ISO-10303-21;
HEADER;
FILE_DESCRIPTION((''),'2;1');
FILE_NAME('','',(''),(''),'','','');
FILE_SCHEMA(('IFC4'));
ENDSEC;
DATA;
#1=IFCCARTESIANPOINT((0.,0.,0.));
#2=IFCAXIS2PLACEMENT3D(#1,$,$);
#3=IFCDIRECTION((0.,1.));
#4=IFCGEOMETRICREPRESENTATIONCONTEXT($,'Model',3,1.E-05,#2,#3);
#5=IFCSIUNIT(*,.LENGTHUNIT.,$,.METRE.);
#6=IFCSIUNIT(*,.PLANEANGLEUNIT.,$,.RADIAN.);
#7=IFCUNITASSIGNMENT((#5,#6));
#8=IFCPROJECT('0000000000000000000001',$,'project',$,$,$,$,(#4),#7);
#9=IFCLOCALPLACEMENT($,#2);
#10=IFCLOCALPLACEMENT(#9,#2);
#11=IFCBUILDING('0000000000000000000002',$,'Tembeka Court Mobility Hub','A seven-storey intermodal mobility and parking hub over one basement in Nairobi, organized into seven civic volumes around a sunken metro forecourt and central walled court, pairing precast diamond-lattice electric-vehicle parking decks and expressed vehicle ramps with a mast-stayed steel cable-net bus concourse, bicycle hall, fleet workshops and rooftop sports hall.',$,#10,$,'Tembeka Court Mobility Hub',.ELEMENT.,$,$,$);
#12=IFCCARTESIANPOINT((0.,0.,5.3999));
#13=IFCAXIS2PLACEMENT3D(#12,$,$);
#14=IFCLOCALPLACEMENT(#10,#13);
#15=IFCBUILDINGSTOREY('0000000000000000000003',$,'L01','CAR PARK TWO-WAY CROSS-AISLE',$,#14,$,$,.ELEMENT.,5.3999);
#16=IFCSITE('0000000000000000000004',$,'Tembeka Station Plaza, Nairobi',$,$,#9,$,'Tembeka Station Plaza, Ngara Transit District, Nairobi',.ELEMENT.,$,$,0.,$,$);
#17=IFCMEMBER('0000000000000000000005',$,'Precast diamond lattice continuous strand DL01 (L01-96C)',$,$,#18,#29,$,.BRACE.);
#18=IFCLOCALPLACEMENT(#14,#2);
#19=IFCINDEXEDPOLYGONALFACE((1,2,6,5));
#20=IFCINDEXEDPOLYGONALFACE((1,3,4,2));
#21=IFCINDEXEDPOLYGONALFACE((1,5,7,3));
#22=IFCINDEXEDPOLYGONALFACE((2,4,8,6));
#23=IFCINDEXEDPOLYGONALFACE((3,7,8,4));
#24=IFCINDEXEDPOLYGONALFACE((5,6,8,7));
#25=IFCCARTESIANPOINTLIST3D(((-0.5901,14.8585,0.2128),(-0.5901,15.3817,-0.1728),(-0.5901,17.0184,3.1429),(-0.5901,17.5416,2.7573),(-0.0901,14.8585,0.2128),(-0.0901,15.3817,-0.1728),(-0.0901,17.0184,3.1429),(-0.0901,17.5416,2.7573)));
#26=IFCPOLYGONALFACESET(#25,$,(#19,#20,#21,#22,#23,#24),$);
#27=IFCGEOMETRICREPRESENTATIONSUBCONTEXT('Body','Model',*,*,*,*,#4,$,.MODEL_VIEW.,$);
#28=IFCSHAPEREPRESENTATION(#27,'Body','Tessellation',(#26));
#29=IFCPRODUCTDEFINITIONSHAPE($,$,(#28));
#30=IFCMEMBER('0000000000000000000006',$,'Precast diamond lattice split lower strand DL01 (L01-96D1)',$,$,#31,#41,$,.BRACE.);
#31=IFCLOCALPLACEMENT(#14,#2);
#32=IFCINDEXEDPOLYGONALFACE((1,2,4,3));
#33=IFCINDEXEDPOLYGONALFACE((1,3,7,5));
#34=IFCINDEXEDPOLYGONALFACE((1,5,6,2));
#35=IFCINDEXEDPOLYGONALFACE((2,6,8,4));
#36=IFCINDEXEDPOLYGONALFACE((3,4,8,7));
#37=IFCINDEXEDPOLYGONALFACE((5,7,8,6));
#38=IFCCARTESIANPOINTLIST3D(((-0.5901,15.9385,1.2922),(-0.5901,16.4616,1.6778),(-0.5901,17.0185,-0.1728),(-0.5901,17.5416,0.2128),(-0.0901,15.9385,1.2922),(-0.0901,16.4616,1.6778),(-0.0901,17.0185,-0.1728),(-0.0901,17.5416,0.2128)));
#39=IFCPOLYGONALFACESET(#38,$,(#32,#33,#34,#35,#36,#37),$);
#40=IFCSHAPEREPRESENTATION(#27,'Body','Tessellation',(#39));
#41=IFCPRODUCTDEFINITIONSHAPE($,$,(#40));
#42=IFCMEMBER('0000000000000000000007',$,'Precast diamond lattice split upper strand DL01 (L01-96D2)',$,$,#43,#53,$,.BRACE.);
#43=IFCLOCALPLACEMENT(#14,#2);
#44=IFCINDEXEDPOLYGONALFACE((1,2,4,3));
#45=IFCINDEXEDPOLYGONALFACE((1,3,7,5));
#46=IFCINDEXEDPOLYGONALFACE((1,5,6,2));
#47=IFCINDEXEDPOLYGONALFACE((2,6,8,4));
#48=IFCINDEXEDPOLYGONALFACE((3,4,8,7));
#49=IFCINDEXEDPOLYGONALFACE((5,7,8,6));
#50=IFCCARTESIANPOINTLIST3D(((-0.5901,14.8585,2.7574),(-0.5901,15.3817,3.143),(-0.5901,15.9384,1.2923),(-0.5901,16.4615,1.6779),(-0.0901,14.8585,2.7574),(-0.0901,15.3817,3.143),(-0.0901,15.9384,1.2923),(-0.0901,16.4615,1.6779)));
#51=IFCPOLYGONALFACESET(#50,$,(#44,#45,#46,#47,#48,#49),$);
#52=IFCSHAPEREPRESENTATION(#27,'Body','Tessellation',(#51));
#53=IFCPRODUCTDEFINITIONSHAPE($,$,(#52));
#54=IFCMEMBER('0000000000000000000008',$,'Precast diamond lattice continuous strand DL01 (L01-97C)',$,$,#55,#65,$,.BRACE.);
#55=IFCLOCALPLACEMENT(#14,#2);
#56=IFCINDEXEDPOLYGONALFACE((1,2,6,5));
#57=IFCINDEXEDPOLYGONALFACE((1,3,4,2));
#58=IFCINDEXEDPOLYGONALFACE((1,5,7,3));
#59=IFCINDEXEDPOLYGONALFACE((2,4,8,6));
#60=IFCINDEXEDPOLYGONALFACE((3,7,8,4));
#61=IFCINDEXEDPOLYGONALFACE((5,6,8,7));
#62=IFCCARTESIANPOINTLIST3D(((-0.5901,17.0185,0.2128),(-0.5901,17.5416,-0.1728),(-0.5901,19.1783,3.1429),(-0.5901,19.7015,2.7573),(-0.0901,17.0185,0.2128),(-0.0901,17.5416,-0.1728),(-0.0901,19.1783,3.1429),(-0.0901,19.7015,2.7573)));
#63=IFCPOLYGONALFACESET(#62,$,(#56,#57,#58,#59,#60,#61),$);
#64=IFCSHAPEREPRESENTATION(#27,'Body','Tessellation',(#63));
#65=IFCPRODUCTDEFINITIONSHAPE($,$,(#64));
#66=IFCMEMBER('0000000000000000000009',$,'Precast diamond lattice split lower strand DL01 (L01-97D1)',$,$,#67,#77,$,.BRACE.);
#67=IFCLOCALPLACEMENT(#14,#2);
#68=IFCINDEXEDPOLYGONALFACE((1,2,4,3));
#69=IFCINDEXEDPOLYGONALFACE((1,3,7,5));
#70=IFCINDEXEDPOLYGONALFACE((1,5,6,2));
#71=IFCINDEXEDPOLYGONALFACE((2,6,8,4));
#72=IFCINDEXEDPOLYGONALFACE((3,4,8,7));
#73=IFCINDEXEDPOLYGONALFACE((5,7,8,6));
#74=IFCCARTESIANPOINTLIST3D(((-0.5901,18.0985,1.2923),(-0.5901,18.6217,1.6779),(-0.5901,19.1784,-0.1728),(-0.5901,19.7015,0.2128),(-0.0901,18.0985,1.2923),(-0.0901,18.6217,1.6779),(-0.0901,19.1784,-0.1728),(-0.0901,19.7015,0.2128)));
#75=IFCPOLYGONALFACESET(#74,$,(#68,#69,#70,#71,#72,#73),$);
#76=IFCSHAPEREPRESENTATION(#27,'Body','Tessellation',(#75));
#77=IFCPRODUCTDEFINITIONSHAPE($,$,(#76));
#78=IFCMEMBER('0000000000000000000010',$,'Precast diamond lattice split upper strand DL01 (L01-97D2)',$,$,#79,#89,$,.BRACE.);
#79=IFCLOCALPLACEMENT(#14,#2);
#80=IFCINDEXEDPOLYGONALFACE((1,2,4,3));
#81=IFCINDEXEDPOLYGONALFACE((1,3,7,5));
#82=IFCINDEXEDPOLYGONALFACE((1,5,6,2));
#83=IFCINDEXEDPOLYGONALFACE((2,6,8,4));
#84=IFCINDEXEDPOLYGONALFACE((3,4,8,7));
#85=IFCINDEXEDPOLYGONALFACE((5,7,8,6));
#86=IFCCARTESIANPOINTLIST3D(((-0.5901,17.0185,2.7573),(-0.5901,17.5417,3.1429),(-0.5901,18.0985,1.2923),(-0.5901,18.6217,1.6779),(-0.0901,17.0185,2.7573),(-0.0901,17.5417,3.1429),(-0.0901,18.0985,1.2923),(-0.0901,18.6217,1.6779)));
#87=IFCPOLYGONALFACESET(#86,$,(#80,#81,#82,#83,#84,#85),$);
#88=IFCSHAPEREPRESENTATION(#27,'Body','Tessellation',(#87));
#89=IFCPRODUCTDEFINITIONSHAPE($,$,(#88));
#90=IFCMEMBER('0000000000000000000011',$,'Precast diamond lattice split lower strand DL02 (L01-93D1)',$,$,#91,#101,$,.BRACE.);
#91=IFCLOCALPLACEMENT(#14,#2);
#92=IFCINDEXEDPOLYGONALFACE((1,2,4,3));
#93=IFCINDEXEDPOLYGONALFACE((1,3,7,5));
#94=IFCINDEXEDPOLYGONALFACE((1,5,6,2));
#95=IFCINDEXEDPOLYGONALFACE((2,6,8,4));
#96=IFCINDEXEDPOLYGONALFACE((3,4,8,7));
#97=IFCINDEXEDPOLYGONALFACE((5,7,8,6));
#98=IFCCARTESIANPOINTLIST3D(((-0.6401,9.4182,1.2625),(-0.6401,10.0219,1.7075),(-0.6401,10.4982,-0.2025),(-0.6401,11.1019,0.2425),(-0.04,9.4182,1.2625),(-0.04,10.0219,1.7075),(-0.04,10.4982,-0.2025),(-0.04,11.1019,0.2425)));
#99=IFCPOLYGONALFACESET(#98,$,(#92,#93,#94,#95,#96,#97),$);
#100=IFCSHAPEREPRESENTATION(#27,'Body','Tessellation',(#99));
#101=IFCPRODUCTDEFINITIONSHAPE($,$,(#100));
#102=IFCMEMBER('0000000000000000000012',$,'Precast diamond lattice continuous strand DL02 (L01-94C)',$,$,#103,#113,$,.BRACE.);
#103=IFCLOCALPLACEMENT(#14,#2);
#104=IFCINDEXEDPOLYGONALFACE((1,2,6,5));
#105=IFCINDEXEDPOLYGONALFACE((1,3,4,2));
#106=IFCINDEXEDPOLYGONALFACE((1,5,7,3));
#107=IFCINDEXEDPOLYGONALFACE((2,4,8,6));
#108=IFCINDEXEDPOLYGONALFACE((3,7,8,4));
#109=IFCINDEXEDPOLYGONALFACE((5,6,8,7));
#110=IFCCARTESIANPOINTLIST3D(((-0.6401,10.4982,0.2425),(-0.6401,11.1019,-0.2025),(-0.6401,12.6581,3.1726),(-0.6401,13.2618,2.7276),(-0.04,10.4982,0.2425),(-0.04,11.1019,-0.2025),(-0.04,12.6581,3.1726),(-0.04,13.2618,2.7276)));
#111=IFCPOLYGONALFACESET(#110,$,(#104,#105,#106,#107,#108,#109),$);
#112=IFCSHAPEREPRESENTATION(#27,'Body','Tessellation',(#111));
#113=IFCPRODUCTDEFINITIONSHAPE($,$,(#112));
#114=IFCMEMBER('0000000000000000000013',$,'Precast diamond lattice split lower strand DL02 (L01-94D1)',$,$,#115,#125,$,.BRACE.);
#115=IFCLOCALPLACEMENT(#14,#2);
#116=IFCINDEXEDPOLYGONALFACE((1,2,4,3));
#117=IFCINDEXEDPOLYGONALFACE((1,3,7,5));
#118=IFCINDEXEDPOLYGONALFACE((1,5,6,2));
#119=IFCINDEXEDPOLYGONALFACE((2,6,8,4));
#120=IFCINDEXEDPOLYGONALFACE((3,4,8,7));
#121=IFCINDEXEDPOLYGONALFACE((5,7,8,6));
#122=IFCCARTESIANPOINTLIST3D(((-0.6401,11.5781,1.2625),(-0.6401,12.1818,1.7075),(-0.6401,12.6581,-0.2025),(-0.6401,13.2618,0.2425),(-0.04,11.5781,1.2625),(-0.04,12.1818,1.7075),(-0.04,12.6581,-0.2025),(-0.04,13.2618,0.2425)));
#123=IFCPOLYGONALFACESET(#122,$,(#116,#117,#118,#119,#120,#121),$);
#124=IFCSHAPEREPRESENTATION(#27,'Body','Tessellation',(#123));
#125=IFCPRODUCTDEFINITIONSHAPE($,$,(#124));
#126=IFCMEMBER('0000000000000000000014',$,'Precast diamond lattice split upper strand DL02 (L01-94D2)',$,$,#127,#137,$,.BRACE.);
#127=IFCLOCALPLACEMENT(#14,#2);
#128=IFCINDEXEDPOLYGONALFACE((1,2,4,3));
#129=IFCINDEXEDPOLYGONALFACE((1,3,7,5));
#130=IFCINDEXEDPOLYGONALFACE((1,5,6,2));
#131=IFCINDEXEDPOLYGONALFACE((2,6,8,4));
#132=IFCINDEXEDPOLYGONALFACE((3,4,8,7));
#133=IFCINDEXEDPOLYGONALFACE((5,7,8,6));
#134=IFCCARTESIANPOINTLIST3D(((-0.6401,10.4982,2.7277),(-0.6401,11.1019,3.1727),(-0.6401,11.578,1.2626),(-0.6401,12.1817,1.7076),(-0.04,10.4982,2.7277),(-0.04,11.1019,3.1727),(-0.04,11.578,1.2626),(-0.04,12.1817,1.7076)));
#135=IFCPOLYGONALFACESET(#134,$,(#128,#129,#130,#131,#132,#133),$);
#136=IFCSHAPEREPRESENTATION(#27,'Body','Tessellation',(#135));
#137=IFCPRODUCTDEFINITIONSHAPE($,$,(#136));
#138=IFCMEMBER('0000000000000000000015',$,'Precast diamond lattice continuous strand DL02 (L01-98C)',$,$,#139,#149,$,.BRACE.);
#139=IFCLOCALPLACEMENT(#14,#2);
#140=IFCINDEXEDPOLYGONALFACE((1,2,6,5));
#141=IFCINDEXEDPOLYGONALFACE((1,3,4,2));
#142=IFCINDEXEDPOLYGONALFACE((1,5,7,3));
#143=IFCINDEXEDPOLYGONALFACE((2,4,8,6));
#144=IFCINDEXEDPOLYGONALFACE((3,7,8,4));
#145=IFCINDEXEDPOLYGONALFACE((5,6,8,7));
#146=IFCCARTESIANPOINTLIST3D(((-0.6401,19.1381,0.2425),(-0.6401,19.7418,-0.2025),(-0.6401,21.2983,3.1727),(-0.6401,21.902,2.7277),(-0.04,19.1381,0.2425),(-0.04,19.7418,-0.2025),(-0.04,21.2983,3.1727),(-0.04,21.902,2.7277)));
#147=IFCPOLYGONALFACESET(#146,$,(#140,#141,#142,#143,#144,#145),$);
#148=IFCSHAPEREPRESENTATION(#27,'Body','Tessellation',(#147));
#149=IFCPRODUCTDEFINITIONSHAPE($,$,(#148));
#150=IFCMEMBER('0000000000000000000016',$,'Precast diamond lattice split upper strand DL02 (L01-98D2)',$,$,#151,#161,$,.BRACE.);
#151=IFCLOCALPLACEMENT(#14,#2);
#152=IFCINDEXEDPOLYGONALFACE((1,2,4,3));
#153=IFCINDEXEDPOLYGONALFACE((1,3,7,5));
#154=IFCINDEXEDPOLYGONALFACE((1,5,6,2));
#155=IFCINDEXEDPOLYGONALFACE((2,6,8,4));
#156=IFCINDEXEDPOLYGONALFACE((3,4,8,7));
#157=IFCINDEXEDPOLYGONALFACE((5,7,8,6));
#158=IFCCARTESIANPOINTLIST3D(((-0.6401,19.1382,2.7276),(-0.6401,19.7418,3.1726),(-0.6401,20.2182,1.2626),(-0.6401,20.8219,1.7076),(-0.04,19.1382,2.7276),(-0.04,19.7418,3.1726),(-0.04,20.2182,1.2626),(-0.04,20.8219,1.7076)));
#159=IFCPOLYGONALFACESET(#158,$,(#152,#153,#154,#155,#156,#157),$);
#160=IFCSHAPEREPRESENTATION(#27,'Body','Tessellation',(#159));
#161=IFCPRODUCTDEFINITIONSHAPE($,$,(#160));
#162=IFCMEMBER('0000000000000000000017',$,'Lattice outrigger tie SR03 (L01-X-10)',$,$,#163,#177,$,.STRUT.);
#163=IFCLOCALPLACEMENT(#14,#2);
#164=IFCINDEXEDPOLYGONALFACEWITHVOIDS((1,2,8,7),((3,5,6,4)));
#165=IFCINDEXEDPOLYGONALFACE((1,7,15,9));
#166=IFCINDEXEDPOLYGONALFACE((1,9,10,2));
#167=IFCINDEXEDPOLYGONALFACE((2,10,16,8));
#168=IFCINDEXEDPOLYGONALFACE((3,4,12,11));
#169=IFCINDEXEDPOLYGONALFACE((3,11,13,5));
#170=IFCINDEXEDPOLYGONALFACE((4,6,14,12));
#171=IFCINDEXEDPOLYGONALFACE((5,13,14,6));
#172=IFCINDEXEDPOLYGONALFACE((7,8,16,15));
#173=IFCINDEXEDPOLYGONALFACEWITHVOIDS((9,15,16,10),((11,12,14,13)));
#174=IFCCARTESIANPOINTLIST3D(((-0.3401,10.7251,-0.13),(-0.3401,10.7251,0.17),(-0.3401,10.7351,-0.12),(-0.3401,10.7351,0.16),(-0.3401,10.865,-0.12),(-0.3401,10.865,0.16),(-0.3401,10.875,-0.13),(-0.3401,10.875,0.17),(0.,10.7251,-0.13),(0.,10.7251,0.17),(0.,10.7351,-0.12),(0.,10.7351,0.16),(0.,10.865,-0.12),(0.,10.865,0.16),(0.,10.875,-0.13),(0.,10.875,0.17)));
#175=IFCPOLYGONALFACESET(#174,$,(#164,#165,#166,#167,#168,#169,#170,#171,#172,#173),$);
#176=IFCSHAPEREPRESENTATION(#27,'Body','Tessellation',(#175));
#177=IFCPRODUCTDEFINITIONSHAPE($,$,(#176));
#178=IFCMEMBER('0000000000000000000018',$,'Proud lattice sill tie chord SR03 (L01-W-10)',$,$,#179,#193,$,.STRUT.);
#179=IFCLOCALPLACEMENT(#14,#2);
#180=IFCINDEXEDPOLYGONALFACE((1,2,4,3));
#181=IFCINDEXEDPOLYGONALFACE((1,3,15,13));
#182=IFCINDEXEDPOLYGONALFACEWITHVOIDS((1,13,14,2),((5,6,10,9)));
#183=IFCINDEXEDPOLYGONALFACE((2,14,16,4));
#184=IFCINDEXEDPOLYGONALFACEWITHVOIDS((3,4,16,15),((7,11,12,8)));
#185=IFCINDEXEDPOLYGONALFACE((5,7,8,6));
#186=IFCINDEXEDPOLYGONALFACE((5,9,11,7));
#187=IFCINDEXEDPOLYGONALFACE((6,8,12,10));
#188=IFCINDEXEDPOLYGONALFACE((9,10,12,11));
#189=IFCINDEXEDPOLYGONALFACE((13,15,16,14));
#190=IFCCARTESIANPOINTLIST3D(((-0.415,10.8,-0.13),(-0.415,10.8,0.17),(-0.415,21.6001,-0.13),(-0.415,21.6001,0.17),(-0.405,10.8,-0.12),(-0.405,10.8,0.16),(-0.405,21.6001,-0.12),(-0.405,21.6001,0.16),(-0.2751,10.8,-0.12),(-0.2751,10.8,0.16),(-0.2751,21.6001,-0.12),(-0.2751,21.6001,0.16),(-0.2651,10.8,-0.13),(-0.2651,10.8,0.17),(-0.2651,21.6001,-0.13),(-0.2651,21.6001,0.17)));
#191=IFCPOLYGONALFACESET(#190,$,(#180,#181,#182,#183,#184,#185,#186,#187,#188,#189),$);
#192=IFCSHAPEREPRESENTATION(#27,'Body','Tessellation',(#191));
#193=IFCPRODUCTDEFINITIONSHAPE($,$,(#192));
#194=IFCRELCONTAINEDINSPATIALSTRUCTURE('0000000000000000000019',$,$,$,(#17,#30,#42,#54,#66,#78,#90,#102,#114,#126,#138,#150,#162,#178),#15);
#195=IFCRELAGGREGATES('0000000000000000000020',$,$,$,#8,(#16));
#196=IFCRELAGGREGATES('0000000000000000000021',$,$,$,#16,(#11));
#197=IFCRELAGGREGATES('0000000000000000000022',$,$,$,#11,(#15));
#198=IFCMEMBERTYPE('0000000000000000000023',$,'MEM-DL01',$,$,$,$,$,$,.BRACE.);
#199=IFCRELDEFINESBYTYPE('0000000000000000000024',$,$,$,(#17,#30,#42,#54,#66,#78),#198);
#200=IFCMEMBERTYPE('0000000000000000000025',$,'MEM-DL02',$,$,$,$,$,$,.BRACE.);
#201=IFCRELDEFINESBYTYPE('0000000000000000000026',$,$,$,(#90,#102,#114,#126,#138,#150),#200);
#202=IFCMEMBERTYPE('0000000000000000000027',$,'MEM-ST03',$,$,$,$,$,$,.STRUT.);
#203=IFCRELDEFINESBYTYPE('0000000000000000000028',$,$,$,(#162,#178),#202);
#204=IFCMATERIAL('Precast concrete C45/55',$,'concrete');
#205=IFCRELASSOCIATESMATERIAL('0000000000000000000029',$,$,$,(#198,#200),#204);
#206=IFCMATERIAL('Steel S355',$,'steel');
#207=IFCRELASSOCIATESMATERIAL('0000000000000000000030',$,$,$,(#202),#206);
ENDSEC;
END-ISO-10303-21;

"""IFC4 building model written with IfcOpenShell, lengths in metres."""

from ifc_helpers import new_model, si_unit, direction, frame, origin, origin_2d, place, context, subcontext, project, spatial, rectangle, hollow_rectangle, extrude, material, material_profile, profile_set, type_object, element, save


model = new_model("IFC4")

# Units and contexts
model_context = context("Model", 3, precision=1e-05, world=origin(), true_north=direction((0.0, 1.0)))
body_context = subcontext(model_context, "Body", "Model", "MODEL_VIEW")
ifc_project = project(units=[si_unit("LENGTHUNIT", "METRE"), si_unit("PLANEANGLEUNIT", "RADIAN")], contexts=[model_context])

# Site, building, storey
site_placement = place(None, origin())
site = spatial("IfcSite", under=ifc_project, at=site_placement, Name="Tembeka Station Plaza, Nairobi", LongName="Tembeka Station Plaza, Ngara Transit District, Nairobi", CompositionType="ELEMENT", RefElevation=0.0)
building_placement = place(site_placement, origin())
building = spatial("IfcBuilding", under=site, at=building_placement, Name="Tembeka Court Mobility Hub", Description="A seven-storey intermodal mobility and parking hub over one basement in Nairobi, organized into seven civic volumes around a sunken metro forecourt and central walled court, pairing precast diamond-lattice electric-vehicle parking decks and expressed vehicle ramps with a mast-stayed steel cable-net bus concourse, bicycle hall, fleet workshops and rooftop sports hall.", LongName="Tembeka Court Mobility Hub", CompositionType="ELEMENT")
storey_placement = place(building_placement, frame((0.0, 0.0, 5.3999)))
storey = spatial("IfcBuildingStorey", under=building, at=storey_placement, Name="L01", Description="CAR PARK TWO-WAY CROSS-AISLE", CompositionType="ELEMENT", Elevation=5.3999)

# Shared definitions
ifc_material_1 = material(Name="Steel S355", Category="steel")

# Members
ifc_material_2 = material(Name="Precast concrete C45/55", Category="concrete")
ifc_material_profile_1 = material_profile(ifc_material_2, rectangle(XDim=0.5, YDim=0.6499, at=origin_2d()), Name="PC-DIAG 500x650")
ifc_profile_set_1 = profile_set([ifc_material_profile_1], Name="Precast concrete C45/55")
member_type_1 = type_object("IfcMemberType", Name="MEM-DL01", PredefinedType="BRACE", material=ifc_profile_set_1)
member_1_placement = place(storey_placement, frame((-0.3401, 15.1201, 0.02), z_axis=(0.0, 0.593348, 0.804946), x_axis=(-1.0, 0.0, 0.0)))
element("IfcMember", 1, at=member_1_placement, inside=storey, type_object=member_type_1, Name="Precast diamond lattice continuous strand DL01 (L01-96C)", PredefinedType="BRACE", context=body_context, shape_type="SweptSolid", body=[
    extrude(rectangle(XDim=0.5, YDim=0.6499, at=origin_2d()), origin(), (0.0, 0.0, 1.0), 3.6401),
])
for number, where, z_axis, x_axis, name in (
    (2, (-0.3401, 17.28, 0.02), (0.0, -0.593391, 0.804914), (1.0, 0.0, 0.0), "Precast diamond lattice split lower strand DL01 (L01-96D1)"),
    (3, (-0.3401, 16.2, 1.4851), (0.0, -0.593304, 0.804978), (1.0, 0.0, 0.0), "Precast diamond lattice split upper strand DL01 (L01-96D2)"),
):
    element("IfcMember", number, at=place(storey_placement, frame(where, z_axis=z_axis, x_axis=x_axis)), inside=storey, type_object=member_type_1, Name=name, PredefinedType="BRACE", context=body_context, shape_type="SweptSolid", body=[
        extrude(rectangle(XDim=0.5, YDim=0.6499, at=origin_2d()), origin(), (0.0, 0.0, 1.0), 1.8201),
    ])
member_2_placement = place(storey_placement, frame((-0.3401, 17.28, 0.02), z_axis=(0.0, 0.593348, 0.804946), x_axis=(-1.0, 0.0, 0.0)))
element("IfcMember", 4, at=member_2_placement, inside=storey, type_object=member_type_1, Name="Precast diamond lattice continuous strand DL01 (L01-97C)", PredefinedType="BRACE", context=body_context, shape_type="SweptSolid", body=[
    extrude(rectangle(XDim=0.5, YDim=0.6499, at=origin_2d()), origin(), (0.0, 0.0, 1.0), 3.6401),
])
for number, where, z_axis, x_axis, name in (
    (5, (-0.3401, 19.4399, 0.02), (0.0, -0.593304, 0.804978), (1.0, 0.0, 0.0), "Precast diamond lattice split lower strand DL01 (L01-97D1)"),
    (6, (-0.3401, 18.3601, 1.4851), (0.0, -0.593391, 0.804914), (1.0, 0.0, 0.0), "Precast diamond lattice split upper strand DL01 (L01-97D2)"),
):
    element("IfcMember", number, at=place(storey_placement, frame(where, z_axis=z_axis, x_axis=x_axis)), inside=storey, type_object=member_type_1, Name=name, PredefinedType="BRACE", context=body_context, shape_type="SweptSolid", body=[
        extrude(rectangle(XDim=0.5, YDim=0.6499, at=origin_2d()), origin(), (0.0, 0.0, 1.0), 1.8201),
    ])
ifc_material_profile_2 = material_profile(ifc_material_2, rectangle(XDim=0.6001, YDim=0.75, at=origin_2d()), Name="PC-DIAG 600x750")
ifc_profile_set_2 = profile_set([ifc_material_profile_2], Name="Precast concrete C45/55")
member_type_2 = type_object("IfcMemberType", Name="MEM-DL02", PredefinedType="BRACE", material=ifc_profile_set_2)
member_3_placement = place(storey_placement, frame((-0.3401, 10.8, 0.02), z_axis=(0.0, -0.593391, 0.804914), x_axis=(1.0, 0.0, 0.0)))
element("IfcMember", 7, at=member_3_placement, inside=storey, type_object=member_type_2, Name="Precast diamond lattice split lower strand DL02 (L01-93D1)", PredefinedType="BRACE", context=body_context, shape_type="SweptSolid", body=[
    extrude(rectangle(XDim=0.6001, YDim=0.75, at=origin_2d()), origin(), (0.0, 0.0, 1.0), 1.8201),
])
member_4_placement = place(storey_placement, frame((-0.3401, 10.8, 0.02), z_axis=(0.0, 0.593348, 0.804946), x_axis=(-1.0, 0.0, 0.0)))
element("IfcMember", 8, at=member_4_placement, inside=storey, type_object=member_type_2, Name="Precast diamond lattice continuous strand DL02 (L01-94C)", PredefinedType="BRACE", context=body_context, shape_type="SweptSolid", body=[
    extrude(rectangle(XDim=0.6001, YDim=0.75, at=origin_2d()), origin(), (0.0, 0.0, 1.0), 3.6401),
])
for number, where, z_axis, x_axis, name in (
    (9, (-0.3401, 12.96, 0.02), (0.0, -0.593391, 0.804914), (1.0, 0.0, 0.0), "Precast diamond lattice split lower strand DL02 (L01-94D1)"),
    (10, (-0.3401, 11.8799, 1.4851), (0.0, -0.593304, 0.804978), (1.0, 0.0, 0.0), "Precast diamond lattice split upper strand DL02 (L01-94D2)"),
):
    element("IfcMember", number, at=place(storey_placement, frame(where, z_axis=z_axis, x_axis=x_axis)), inside=storey, type_object=member_type_2, Name=name, PredefinedType="BRACE", context=body_context, shape_type="SweptSolid", body=[
        extrude(rectangle(XDim=0.6001, YDim=0.75, at=origin_2d()), origin(), (0.0, 0.0, 1.0), 1.8201),
    ])
member_5_placement = place(storey_placement, frame((-0.3401, 19.4399, 0.02), z_axis=(0.0, 0.593391, 0.804914), x_axis=(-1.0, 0.0, 0.0)))
element("IfcMember", 11, at=member_5_placement, inside=storey, type_object=member_type_2, Name="Precast diamond lattice continuous strand DL02 (L01-98C)", PredefinedType="BRACE", context=body_context, shape_type="SweptSolid", body=[
    extrude(rectangle(XDim=0.6001, YDim=0.75, at=origin_2d()), origin(), (0.0, 0.0, 1.0), 3.6404),
])
member_6_placement = place(storey_placement, frame((-0.3401, 20.52, 1.4851), z_axis=(0.0, -0.593391, 0.804914), x_axis=(1.0, 0.0, 0.0)))
element("IfcMember", 12, at=member_6_placement, inside=storey, type_object=member_type_2, Name="Precast diamond lattice split upper strand DL02 (L01-98D2)", PredefinedType="BRACE", context=body_context, shape_type="SweptSolid", body=[
    extrude(rectangle(XDim=0.6001, YDim=0.75, at=origin_2d()), origin(), (0.0, 0.0, 1.0), 1.8201),
])
ifc_material_profile_3 = material_profile(ifc_material_1, hollow_rectangle(XDim=0.1499, YDim=0.3, WallThickness=0.01, at=origin_2d()), Name="RHS 300x150x10")
ifc_profile_set_3 = profile_set([ifc_material_profile_3], Name="Steel S355")
member_type_3 = type_object("IfcMemberType", Name="MEM-ST03", PredefinedType="STRUT", material=ifc_profile_set_3)
member_7_placement = place(storey_placement, frame((0.0, 10.8, 0.02), z_axis=(-1.0, 0.0, 0.0), x_axis=(0.0, -1.0, 0.0)))
element("IfcMember", 13, at=member_7_placement, inside=storey, type_object=member_type_3, Name="Lattice outrigger tie SR03 (L01-X-10)", PredefinedType="STRUT", context=body_context, shape_type="SweptSolid", body=[
    extrude(hollow_rectangle(XDim=0.1499, YDim=0.3, WallThickness=0.01, at=origin_2d()), origin(), (0.0, 0.0, 1.0), 0.3401),
])
member_8_placement = place(storey_placement, frame((-0.3401, 10.8, 0.02), z_axis=(0.0, 1.0, 0.0), x_axis=(-1.0, 0.0, 0.0)))
element("IfcMember", 14, at=member_8_placement, inside=storey, type_object=member_type_3, Name="Proud lattice sill tie chord SR03 (L01-W-10)", PredefinedType="STRUT", context=body_context, shape_type="SweptSolid", body=[
    extrude(hollow_rectangle(XDim=0.1499, YDim=0.3, WallThickness=0.01, at=origin_2d()), origin(), (0.0, 0.0, 1.0), 10.8),
])

save(model, "model.ifc")
